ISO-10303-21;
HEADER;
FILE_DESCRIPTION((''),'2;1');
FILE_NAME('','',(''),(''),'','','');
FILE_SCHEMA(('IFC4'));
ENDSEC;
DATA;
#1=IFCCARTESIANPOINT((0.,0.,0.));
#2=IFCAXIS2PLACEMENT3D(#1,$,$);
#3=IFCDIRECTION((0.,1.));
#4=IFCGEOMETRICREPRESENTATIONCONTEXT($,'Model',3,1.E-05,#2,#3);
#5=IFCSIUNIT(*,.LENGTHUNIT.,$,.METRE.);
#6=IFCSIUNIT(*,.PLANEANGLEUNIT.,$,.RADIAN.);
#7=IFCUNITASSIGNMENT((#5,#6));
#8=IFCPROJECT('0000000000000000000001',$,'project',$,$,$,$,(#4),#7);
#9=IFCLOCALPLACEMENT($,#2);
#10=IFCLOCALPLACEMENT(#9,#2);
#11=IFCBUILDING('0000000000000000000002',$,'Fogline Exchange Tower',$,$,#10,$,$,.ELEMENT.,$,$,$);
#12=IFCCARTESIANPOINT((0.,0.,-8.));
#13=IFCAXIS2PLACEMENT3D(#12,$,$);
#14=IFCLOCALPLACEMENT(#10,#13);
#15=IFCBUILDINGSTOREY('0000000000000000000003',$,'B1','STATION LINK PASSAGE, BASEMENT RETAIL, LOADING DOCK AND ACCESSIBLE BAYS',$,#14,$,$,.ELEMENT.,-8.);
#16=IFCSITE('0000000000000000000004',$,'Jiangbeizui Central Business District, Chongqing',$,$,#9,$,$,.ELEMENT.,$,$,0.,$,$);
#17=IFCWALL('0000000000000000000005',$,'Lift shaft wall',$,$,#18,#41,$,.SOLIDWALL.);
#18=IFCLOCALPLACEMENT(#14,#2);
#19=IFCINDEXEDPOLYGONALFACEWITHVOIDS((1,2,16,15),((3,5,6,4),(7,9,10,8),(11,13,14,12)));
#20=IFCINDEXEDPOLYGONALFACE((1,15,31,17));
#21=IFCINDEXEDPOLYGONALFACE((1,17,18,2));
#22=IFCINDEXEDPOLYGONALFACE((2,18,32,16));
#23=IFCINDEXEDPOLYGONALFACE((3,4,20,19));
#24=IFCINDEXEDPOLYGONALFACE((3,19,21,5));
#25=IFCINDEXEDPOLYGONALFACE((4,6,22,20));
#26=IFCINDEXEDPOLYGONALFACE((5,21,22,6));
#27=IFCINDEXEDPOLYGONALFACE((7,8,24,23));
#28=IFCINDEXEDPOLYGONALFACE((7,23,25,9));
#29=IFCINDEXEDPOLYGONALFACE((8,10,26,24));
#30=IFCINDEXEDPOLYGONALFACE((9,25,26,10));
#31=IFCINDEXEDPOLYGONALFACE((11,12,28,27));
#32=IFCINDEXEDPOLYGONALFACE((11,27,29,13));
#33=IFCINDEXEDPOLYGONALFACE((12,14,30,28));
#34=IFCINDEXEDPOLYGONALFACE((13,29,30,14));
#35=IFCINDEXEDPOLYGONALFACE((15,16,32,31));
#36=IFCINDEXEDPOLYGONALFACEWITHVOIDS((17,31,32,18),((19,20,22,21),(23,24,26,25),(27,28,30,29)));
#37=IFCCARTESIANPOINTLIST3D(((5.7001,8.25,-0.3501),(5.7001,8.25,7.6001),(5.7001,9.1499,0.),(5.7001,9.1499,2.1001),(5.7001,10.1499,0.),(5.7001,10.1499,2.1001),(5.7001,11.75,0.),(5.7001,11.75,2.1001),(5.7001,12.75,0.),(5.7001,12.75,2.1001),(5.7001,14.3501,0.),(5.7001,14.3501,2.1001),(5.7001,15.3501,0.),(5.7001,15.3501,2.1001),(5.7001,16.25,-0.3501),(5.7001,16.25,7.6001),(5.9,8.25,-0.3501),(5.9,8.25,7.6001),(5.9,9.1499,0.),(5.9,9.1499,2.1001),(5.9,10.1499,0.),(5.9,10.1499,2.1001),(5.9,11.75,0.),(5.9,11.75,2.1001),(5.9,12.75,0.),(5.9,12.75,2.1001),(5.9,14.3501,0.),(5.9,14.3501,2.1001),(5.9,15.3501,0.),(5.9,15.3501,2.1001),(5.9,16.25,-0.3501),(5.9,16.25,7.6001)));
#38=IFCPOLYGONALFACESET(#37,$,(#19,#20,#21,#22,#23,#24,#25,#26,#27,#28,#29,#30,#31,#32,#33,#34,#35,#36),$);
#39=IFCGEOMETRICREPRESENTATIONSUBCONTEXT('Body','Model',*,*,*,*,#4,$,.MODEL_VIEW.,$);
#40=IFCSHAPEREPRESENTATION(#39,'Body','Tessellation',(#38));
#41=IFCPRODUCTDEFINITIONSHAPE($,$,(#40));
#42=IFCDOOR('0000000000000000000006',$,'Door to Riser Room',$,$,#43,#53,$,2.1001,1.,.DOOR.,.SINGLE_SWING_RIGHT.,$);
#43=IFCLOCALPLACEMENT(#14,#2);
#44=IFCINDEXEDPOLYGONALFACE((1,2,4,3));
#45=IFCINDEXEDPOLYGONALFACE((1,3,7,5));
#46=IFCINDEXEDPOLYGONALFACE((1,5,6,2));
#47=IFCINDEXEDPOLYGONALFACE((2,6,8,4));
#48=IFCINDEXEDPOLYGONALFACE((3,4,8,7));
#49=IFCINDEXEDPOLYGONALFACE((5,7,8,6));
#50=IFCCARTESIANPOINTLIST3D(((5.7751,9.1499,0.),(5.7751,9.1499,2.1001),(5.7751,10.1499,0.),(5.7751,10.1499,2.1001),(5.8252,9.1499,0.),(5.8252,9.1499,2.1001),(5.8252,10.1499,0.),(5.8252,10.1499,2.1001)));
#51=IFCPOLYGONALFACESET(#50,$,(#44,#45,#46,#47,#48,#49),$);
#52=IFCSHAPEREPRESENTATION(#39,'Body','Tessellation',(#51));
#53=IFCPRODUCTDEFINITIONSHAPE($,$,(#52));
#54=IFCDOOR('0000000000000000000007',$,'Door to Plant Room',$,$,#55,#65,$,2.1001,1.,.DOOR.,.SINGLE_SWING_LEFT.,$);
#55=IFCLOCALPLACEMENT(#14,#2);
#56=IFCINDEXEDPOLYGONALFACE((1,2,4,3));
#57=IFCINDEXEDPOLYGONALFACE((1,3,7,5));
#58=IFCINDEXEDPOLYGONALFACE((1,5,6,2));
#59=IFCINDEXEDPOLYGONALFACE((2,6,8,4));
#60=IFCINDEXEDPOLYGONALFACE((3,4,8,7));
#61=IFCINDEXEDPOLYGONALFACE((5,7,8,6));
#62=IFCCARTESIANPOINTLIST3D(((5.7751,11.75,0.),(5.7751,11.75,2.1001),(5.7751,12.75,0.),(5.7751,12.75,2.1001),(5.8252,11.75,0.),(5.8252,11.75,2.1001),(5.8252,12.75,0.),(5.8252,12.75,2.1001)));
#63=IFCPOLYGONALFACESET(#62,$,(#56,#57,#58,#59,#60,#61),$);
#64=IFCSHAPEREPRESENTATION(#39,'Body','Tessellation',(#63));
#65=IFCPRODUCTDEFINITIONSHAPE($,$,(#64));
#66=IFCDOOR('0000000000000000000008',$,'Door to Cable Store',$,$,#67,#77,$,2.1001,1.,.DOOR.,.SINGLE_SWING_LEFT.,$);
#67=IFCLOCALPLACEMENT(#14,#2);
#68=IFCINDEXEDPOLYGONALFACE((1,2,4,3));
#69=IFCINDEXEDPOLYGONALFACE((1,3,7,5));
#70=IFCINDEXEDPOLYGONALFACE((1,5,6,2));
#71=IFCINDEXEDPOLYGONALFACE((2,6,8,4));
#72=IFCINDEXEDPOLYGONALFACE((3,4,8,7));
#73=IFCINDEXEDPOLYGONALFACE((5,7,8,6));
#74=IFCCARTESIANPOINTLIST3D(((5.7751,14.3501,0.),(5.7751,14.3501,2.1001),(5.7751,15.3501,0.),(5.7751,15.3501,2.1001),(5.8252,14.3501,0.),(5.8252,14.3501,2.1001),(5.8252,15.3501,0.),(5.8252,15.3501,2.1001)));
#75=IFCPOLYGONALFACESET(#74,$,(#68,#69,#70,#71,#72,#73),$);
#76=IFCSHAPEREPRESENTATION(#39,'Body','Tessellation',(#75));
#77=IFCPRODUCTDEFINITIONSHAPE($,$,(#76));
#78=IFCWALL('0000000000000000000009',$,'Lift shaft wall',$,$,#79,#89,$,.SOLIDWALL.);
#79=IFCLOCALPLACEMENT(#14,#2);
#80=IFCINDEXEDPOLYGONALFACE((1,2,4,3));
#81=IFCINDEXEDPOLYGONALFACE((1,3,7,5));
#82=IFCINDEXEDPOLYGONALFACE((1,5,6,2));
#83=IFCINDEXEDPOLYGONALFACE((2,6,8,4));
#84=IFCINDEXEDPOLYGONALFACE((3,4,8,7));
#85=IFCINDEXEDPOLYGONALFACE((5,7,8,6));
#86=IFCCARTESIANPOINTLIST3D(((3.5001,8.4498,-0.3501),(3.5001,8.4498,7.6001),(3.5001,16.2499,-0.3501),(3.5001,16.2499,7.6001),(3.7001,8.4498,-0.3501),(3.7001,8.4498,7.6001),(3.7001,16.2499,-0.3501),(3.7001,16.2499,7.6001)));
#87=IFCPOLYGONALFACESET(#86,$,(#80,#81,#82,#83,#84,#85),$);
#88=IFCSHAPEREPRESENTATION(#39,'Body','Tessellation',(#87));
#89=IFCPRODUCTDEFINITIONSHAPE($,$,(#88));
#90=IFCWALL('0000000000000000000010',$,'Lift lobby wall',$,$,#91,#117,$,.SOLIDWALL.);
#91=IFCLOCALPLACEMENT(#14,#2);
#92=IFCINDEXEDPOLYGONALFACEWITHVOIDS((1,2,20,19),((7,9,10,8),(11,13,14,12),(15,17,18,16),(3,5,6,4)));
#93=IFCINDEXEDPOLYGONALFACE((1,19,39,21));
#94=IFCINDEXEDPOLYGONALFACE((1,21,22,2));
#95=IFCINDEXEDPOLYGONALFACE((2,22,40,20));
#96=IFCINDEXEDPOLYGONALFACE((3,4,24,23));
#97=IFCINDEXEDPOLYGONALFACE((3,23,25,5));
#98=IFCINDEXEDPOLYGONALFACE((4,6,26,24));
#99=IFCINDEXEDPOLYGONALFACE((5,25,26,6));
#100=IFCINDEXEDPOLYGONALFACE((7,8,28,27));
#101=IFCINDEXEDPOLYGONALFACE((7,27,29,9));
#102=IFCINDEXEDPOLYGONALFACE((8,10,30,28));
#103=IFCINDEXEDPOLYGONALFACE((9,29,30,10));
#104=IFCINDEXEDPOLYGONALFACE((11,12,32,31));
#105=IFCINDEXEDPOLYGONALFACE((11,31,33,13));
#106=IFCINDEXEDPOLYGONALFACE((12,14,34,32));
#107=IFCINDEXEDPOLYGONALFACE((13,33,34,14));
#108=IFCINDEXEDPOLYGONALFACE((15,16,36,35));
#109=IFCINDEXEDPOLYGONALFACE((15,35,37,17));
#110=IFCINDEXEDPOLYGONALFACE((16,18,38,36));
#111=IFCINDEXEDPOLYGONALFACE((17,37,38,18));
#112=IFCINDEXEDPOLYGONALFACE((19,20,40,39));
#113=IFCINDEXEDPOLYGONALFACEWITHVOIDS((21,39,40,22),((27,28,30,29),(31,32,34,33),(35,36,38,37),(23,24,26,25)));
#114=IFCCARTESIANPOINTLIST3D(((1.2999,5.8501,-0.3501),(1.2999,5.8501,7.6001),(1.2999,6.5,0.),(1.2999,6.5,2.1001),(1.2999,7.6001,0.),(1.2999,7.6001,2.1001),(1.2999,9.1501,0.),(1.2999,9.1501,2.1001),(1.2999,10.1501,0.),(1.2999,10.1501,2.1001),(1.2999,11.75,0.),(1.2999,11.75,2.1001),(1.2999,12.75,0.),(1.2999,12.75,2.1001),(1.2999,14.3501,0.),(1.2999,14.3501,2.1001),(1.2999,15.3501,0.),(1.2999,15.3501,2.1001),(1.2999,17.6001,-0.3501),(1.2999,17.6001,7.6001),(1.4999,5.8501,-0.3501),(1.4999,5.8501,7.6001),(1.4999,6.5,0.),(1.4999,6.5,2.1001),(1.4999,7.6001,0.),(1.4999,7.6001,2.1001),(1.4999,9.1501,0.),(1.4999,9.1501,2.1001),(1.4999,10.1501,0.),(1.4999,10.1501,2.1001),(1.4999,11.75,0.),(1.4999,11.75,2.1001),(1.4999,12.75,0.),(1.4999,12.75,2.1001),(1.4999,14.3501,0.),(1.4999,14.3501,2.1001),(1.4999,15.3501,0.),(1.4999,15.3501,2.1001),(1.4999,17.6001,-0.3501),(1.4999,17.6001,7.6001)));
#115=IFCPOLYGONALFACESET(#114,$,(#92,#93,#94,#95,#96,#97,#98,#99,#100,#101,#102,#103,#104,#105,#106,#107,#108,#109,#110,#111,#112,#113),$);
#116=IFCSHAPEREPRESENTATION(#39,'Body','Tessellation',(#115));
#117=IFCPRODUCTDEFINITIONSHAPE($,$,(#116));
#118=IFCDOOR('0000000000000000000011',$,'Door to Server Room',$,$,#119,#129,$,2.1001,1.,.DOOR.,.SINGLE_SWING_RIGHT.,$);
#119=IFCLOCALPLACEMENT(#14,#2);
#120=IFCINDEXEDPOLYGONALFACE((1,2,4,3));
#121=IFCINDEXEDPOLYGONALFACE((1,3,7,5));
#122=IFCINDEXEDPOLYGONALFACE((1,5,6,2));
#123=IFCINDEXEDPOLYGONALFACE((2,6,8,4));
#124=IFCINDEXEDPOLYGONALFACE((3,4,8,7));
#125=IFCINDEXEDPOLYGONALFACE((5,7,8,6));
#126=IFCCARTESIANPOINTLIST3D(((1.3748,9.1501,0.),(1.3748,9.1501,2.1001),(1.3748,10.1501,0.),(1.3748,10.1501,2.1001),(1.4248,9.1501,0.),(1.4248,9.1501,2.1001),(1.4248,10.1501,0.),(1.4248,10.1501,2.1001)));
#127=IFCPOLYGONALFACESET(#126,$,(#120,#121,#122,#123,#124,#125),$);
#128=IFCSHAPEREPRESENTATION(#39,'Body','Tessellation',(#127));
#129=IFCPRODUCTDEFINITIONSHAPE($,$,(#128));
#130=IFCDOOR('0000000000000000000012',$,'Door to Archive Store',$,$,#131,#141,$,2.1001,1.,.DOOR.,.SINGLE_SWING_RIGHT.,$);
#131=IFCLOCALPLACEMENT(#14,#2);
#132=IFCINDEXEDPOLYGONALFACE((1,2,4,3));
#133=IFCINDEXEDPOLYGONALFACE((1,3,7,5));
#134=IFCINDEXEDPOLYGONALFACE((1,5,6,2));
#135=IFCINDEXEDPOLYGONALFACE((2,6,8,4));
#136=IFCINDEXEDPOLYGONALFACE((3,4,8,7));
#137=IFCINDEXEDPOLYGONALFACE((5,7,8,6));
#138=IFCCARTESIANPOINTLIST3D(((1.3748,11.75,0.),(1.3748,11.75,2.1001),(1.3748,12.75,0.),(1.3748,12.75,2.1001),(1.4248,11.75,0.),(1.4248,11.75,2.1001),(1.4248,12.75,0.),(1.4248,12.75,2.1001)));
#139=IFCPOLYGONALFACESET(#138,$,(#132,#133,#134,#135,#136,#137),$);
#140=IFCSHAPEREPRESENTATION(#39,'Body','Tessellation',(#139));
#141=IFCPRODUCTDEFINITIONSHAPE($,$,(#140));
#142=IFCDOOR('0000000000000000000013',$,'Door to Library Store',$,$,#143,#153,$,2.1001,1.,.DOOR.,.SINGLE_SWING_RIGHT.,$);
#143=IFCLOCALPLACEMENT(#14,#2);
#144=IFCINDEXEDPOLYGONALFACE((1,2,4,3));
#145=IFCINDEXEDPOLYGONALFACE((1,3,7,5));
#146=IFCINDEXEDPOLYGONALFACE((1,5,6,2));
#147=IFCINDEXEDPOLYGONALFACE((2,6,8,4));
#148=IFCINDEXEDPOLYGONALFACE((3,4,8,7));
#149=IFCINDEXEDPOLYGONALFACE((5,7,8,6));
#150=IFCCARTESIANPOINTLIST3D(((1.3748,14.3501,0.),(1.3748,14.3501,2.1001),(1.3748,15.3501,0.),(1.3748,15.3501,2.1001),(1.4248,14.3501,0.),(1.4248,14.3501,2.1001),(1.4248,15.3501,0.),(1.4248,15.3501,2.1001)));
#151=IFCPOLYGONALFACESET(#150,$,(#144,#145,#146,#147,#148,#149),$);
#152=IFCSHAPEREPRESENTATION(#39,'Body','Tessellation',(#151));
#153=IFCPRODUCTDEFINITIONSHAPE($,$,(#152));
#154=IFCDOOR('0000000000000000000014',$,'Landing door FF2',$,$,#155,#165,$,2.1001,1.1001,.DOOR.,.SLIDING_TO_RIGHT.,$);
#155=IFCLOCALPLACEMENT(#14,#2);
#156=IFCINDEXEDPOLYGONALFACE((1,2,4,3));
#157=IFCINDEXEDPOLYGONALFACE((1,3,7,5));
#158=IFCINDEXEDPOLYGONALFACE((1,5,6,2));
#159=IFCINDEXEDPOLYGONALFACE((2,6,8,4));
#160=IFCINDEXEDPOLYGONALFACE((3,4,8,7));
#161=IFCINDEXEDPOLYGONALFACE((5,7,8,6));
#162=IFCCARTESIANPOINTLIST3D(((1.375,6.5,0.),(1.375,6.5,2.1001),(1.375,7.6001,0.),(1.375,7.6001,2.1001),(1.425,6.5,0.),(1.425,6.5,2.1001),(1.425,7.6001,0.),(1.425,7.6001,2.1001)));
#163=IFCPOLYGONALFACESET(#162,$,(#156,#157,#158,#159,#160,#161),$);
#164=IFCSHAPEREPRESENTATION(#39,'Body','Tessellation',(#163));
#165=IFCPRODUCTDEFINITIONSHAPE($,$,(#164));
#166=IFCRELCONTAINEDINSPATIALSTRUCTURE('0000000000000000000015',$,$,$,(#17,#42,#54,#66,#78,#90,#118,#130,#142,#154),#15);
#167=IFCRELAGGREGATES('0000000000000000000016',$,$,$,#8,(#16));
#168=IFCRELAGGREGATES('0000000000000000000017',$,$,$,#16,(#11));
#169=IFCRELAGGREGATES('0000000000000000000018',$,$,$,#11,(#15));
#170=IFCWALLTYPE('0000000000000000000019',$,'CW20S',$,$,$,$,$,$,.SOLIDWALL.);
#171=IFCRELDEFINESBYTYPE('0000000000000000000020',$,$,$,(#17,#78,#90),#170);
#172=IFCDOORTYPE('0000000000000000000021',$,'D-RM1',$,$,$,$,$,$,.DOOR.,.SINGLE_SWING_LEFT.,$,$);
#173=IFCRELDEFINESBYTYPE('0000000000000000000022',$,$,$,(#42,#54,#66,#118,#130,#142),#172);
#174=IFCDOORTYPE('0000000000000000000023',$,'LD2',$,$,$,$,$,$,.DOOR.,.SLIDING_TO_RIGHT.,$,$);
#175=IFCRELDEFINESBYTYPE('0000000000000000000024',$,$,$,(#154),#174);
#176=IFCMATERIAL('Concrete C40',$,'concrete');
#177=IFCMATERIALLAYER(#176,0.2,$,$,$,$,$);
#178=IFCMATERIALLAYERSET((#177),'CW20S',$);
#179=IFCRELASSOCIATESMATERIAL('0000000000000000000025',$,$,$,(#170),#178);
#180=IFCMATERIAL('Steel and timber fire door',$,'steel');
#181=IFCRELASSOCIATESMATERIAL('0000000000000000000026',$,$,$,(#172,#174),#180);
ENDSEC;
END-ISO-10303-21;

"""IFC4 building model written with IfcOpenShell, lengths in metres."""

from ifc_helpers import new_model, si_unit, direction, frame, frame_2d, origin, place, context, subcontext, project, spatial, rectangle, extrude, material, layer, layer_set, type_object, element, fill, save


model = new_model("IFC4")

# Units and contexts
model_context = context("Model", 3, precision=1e-05, world=origin(), true_north=direction((0.0, 1.0)))
body_context = subcontext(model_context, "Body", "Model", "MODEL_VIEW")
ifc_project = project(units=[si_unit("LENGTHUNIT", "METRE"), si_unit("PLANEANGLEUNIT", "RADIAN")], contexts=[model_context])

# Site, building, storey
site_placement = place(None, origin())
site = spatial("IfcSite", under=ifc_project, at=site_placement, Name="Jiangbeizui Central Business District, Chongqing", CompositionType="ELEMENT", RefElevation=0.0)
building_placement = place(site_placement, origin())
building = spatial("IfcBuilding", under=site, at=building_placement, Name="Fogline Exchange Tower", CompositionType="ELEMENT")
storey_placement = place(building_placement, frame((0.0, 0.0, -8.0)))
storey = spatial("IfcBuildingStorey", under=building, at=storey_placement, Name="B1", Description="STATION LINK PASSAGE, BASEMENT RETAIL, LOADING DOCK AND ACCESSIBLE BAYS", CompositionType="ELEMENT", Elevation=-8.0)

# Shared definitions
ifc_material_1 = material(Name="Steel and timber fire door", Category="steel")

# Shared definitions
ifc_material_2 = material(Name="Concrete C40", Category="concrete")

# Wall, openings, doors
ifc_layer_1 = layer(ifc_material_2, 0.2)
ifc_layer_set_1 = layer_set([ifc_layer_1], Name="CW20S")
wall_type_1 = type_object("IfcWallType", Name="CW20S", PredefinedType="SOLIDWALL", material=ifc_layer_set_1)
door_type_1 = type_object("IfcDoorType", Name="D-RM1", OperationType="SINGLE_SWING_LEFT", PredefinedType="DOOR", material=ifc_material_1)
wall_1_placement = place(storey_placement, frame((5.8, 8.25, -0.3501), z_axis=(0.0, 0.0, 1.0), x_axis=(0.0, 1.0, 0.0)))
wall_1 = element("IfcWall", 1, at=wall_1_placement, inside=storey, type_object=wall_type_1, Name="Lift shaft wall", PredefinedType="SOLIDWALL", context=body_context, shape_type="SweptSolid", body=[
    extrude(rectangle(XDim=8.0, YDim=0.2, at=frame_2d((4.0, 0.0))), origin(), (0.0, 0.0, 1.0), 7.9502),
])
opening_1_placement = place(wall_1_placement, frame((0.8999, 0.0, 0.3501)))
opening_1 = element("IfcOpeningElement", 2, at=opening_1_placement, cuts=wall_1, PredefinedType="OPENING", context=body_context, shape_type="SweptSolid", body=[
    extrude(rectangle(XDim=1.0, YDim=2.1001, at=frame_2d((0.5, 1.05))), frame((0.0, 0.1099, 0.0), z_axis=(0.0, -1.0, 0.0), x_axis=(1.0, 0.0, 0.0)), (0.0, 0.0, 1.0), 0.22),
])
opening_2_placement = place(wall_1_placement, frame((3.5, 0.0, 0.3501)))
opening_2 = element("IfcOpeningElement", 3, at=opening_2_placement, cuts=wall_1, PredefinedType="OPENING", context=body_context, shape_type="SweptSolid", body=[
    extrude(rectangle(XDim=1.0, YDim=2.1001, at=frame_2d((0.5, 1.05))), frame((0.0, 0.1099, 0.0), z_axis=(0.0, -1.0, 0.0), x_axis=(1.0, 0.0, 0.0)), (0.0, 0.0, 1.0), 0.22),
])
opening_3_placement = place(wall_1_placement, frame((6.1001, 0.0, 0.3501)))
opening_3 = element("IfcOpeningElement", 4, at=opening_3_placement, cuts=wall_1, PredefinedType="OPENING", context=body_context, shape_type="SweptSolid", body=[
    extrude(rectangle(XDim=1.0, YDim=2.1001, at=frame_2d((0.5, 1.05))), frame((0.0, 0.1099, 0.0), z_axis=(0.0, -1.0, 0.0), x_axis=(1.0, 0.0, 0.0)), (0.0, 0.0, 1.0), 0.22),
])
door_1_placement = place(opening_1_placement, origin())
door_1 = element("IfcDoor", 5, at=door_1_placement, inside=storey, type_object=door_type_1, Name="Door to Riser Room", OperationType="SINGLE_SWING_RIGHT", OverallHeight=2.1001, OverallWidth=1.0, PredefinedType="DOOR", context=body_context, shape_type="SweptSolid", body=[
    extrude(rectangle(XDim=1.0, YDim=2.1001, at=frame_2d((0.5, 1.05))), frame((0.0, 0.0249, 0.0), z_axis=(0.0, -1.0, 0.0), x_axis=(1.0, 0.0, 0.0)), (0.0, 0.0, 1.0), 0.05),
])
fill(opening_1, door_1)
door_2_placement = place(opening_2_placement, origin())
door_2 = element("IfcDoor", 6, at=door_2_placement, inside=storey, type_object=door_type_1, Name="Door to Plant Room", OperationType="SINGLE_SWING_LEFT", OverallHeight=2.1001, OverallWidth=1.0, PredefinedType="DOOR", context=body_context, shape_type="SweptSolid", body=[
    extrude(rectangle(XDim=1.0, YDim=2.1001, at=frame_2d((0.5, 1.05))), frame((0.0, 0.0249, 0.0), z_axis=(0.0, -1.0, 0.0), x_axis=(1.0, 0.0, 0.0)), (0.0, 0.0, 1.0), 0.05),
])
fill(opening_2, door_2)
door_3_placement = place(opening_3_placement, origin())
door_3 = element("IfcDoor", 7, at=door_3_placement, inside=storey, type_object=door_type_1, Name="Door to Cable Store", OperationType="SINGLE_SWING_LEFT", OverallHeight=2.1001, OverallWidth=1.0, PredefinedType="DOOR", context=body_context, shape_type="SweptSolid", body=[
    extrude(rectangle(XDim=1.0, YDim=2.1001, at=frame_2d((0.5, 1.05))), frame((0.0, 0.0249, 0.0), z_axis=(0.0, -1.0, 0.0), x_axis=(1.0, 0.0, 0.0)), (0.0, 0.0, 1.0), 0.05),
])
fill(opening_3, door_3)

# Wall
wall_2_placement = place(storey_placement, frame((3.6001, 8.45, -0.3501), z_axis=(0.0, 0.0, 1.0), x_axis=(0.0, 1.0, 0.0)))
element("IfcWall", 8, at=wall_2_placement, inside=storey, type_object=wall_type_1, Name="Lift shaft wall", PredefinedType="SOLIDWALL", context=body_context, shape_type="SweptSolid", body=[
    extrude(rectangle(XDim=7.8, YDim=0.2, at=frame_2d((3.8999, 0.0))), origin(), (0.0, 0.0, 1.0), 7.9502),
])

# Wall, openings, doors
wall_3_placement = place(storey_placement, frame((1.3999, 5.8501, -0.3501), z_axis=(0.0, 0.0, 1.0), x_axis=(0.0, 1.0, 0.0)))
wall_3 = element("IfcWall", 9, at=wall_3_placement, inside=storey, type_object=wall_type_1, Name="Lift lobby wall", PredefinedType="SOLIDWALL", context=body_context, shape_type="SweptSolid", body=[
    extrude(rectangle(XDim=11.75, YDim=0.2, at=frame_2d((5.875, 0.0))), origin(), (0.0, 0.0, 1.0), 7.9502),
])
opening_4_placement = place(wall_3_placement, frame((0.6499, 0.0, 0.3501)))
opening_4 = element("IfcOpeningElement", 10, at=opening_4_placement, cuts=wall_3, PredefinedType="OPENING", context=body_context, shape_type="SweptSolid", body=[
    extrude(rectangle(XDim=1.1001, YDim=2.1001, at=frame_2d((0.55, 1.05))), frame((0.0, 0.1099, 0.0), z_axis=(0.0, -1.0, 0.0), x_axis=(1.0, 0.0, 0.0)), (0.0, 0.0, 1.0), 0.22),
])
opening_5_placement = place(wall_3_placement, frame((3.3, 0.0, 0.3501)))
opening_5 = element("IfcOpeningElement", 11, at=opening_5_placement, cuts=wall_3, PredefinedType="OPENING", context=body_context, shape_type="SweptSolid", body=[
    extrude(rectangle(XDim=1.0, YDim=2.1001, at=frame_2d((0.5, 1.05))), frame((0.0, 0.1099, 0.0), z_axis=(0.0, -1.0, 0.0), x_axis=(1.0, 0.0, 0.0)), (0.0, 0.0, 1.0), 0.22),
])
opening_6_placement = place(wall_3_placement, frame((5.8999, 0.0, 0.3501)))
opening_6 = element("IfcOpeningElement", 12, at=opening_6_placement, cuts=wall_3, PredefinedType="OPENING", context=body_context, shape_type="SweptSolid", body=[
    extrude(rectangle(XDim=1.0, YDim=2.1001, at=frame_2d((0.5, 1.05))), frame((0.0, 0.1099, 0.0), z_axis=(0.0, -1.0, 0.0), x_axis=(1.0, 0.0, 0.0)), (0.0, 0.0, 1.0), 0.22),
])
opening_7_placement = place(wall_3_placement, frame((8.5, 0.0, 0.3501)))
opening_7 = element("IfcOpeningElement", 13, at=opening_7_placement, cuts=wall_3, PredefinedType="OPENING", context=body_context, shape_type="SweptSolid", body=[
    extrude(rectangle(XDim=1.0, YDim=2.1001, at=frame_2d((0.5, 1.05))), frame((0.0, 0.1099, 0.0), z_axis=(0.0, -1.0, 0.0), x_axis=(1.0, 0.0, 0.0)), (0.0, 0.0, 1.0), 0.22),
])
door_4_placement = place(opening_5_placement, frame((1.0, 0.0, 0.0), z_axis=(0.0, 0.0, 1.0), x_axis=(-1.0, 0.0, 0.0)))
door_4 = element("IfcDoor", 14, at=door_4_placement, inside=storey, type_object=door_type_1, Name="Door to Server Room", OperationType="SINGLE_SWING_RIGHT", OverallHeight=2.1001, OverallWidth=1.0, PredefinedType="DOOR", context=body_context, shape_type="SweptSolid", body=[
    extrude(rectangle(XDim=1.0, YDim=2.1001, at=frame_2d((0.5, 1.05))), frame((0.0, 0.0249, 0.0), z_axis=(0.0, -1.0, 0.0), x_axis=(1.0, 0.0, 0.0)), (0.0, 0.0, 1.0), 0.05),
])
fill(opening_5, door_4)
door_5_placement = place(opening_6_placement, frame((1.0, 0.0, 0.0), z_axis=(0.0, 0.0, 1.0), x_axis=(-1.0, 0.0, 0.0)))
door_5 = element("IfcDoor", 15, at=door_5_placement, inside=storey, type_object=door_type_1, Name="Door to Archive Store", OperationType="SINGLE_SWING_RIGHT", OverallHeight=2.1001, OverallWidth=1.0, PredefinedType="DOOR", context=body_context, shape_type="SweptSolid", body=[
    extrude(rectangle(XDim=1.0, YDim=2.1001, at=frame_2d((0.5, 1.05))), frame((0.0, 0.0249, 0.0), z_axis=(0.0, -1.0, 0.0), x_axis=(1.0, 0.0, 0.0)), (0.0, 0.0, 1.0), 0.05),
])
fill(opening_6, door_5)
door_6_placement = place(opening_7_placement, frame((1.0, 0.0, 0.0), z_axis=(0.0, 0.0, 1.0), x_axis=(-1.0, 0.0, 0.0)))
door_6 = element("IfcDoor", 16, at=door_6_placement, inside=storey, type_object=door_type_1, Name="Door to Library Store", OperationType="SINGLE_SWING_RIGHT", OverallHeight=2.1001, OverallWidth=1.0, PredefinedType="DOOR", context=body_context, shape_type="SweptSolid", body=[
    extrude(rectangle(XDim=1.0, YDim=2.1001, at=frame_2d((0.5, 1.05))), frame((0.0, 0.0249, 0.0), z_axis=(0.0, -1.0, 0.0), x_axis=(1.0, 0.0, 0.0)), (0.0, 0.0, 1.0), 0.05),
])
fill(opening_7, door_6)
door_type_2 = type_object("IfcDoorType", Name="LD2", OperationType="SLIDING_TO_RIGHT", PredefinedType="DOOR", material=ifc_material_1)
door_7_placement = place(opening_4_placement, origin())
door_7 = element("IfcDoor", 17, at=door_7_placement, inside=storey, type_object=door_type_2, Name="Landing door FF2", OperationType="SLIDING_TO_RIGHT", OverallHeight=2.1001, OverallWidth=1.1001, PredefinedType="DOOR", context=body_context, shape_type="SweptSolid", body=[
    extrude(rectangle(XDim=1.1001, YDim=2.1001, at=frame_2d((0.55, 1.05))), frame((0.0, 0.0249, 0.0), z_axis=(0.0, -1.0, 0.0), x_axis=(1.0, 0.0, 0.0)), (0.0, 0.0, 1.0), 0.05),
])
fill(opening_4, door_7)

save(model, "model.ifc")
